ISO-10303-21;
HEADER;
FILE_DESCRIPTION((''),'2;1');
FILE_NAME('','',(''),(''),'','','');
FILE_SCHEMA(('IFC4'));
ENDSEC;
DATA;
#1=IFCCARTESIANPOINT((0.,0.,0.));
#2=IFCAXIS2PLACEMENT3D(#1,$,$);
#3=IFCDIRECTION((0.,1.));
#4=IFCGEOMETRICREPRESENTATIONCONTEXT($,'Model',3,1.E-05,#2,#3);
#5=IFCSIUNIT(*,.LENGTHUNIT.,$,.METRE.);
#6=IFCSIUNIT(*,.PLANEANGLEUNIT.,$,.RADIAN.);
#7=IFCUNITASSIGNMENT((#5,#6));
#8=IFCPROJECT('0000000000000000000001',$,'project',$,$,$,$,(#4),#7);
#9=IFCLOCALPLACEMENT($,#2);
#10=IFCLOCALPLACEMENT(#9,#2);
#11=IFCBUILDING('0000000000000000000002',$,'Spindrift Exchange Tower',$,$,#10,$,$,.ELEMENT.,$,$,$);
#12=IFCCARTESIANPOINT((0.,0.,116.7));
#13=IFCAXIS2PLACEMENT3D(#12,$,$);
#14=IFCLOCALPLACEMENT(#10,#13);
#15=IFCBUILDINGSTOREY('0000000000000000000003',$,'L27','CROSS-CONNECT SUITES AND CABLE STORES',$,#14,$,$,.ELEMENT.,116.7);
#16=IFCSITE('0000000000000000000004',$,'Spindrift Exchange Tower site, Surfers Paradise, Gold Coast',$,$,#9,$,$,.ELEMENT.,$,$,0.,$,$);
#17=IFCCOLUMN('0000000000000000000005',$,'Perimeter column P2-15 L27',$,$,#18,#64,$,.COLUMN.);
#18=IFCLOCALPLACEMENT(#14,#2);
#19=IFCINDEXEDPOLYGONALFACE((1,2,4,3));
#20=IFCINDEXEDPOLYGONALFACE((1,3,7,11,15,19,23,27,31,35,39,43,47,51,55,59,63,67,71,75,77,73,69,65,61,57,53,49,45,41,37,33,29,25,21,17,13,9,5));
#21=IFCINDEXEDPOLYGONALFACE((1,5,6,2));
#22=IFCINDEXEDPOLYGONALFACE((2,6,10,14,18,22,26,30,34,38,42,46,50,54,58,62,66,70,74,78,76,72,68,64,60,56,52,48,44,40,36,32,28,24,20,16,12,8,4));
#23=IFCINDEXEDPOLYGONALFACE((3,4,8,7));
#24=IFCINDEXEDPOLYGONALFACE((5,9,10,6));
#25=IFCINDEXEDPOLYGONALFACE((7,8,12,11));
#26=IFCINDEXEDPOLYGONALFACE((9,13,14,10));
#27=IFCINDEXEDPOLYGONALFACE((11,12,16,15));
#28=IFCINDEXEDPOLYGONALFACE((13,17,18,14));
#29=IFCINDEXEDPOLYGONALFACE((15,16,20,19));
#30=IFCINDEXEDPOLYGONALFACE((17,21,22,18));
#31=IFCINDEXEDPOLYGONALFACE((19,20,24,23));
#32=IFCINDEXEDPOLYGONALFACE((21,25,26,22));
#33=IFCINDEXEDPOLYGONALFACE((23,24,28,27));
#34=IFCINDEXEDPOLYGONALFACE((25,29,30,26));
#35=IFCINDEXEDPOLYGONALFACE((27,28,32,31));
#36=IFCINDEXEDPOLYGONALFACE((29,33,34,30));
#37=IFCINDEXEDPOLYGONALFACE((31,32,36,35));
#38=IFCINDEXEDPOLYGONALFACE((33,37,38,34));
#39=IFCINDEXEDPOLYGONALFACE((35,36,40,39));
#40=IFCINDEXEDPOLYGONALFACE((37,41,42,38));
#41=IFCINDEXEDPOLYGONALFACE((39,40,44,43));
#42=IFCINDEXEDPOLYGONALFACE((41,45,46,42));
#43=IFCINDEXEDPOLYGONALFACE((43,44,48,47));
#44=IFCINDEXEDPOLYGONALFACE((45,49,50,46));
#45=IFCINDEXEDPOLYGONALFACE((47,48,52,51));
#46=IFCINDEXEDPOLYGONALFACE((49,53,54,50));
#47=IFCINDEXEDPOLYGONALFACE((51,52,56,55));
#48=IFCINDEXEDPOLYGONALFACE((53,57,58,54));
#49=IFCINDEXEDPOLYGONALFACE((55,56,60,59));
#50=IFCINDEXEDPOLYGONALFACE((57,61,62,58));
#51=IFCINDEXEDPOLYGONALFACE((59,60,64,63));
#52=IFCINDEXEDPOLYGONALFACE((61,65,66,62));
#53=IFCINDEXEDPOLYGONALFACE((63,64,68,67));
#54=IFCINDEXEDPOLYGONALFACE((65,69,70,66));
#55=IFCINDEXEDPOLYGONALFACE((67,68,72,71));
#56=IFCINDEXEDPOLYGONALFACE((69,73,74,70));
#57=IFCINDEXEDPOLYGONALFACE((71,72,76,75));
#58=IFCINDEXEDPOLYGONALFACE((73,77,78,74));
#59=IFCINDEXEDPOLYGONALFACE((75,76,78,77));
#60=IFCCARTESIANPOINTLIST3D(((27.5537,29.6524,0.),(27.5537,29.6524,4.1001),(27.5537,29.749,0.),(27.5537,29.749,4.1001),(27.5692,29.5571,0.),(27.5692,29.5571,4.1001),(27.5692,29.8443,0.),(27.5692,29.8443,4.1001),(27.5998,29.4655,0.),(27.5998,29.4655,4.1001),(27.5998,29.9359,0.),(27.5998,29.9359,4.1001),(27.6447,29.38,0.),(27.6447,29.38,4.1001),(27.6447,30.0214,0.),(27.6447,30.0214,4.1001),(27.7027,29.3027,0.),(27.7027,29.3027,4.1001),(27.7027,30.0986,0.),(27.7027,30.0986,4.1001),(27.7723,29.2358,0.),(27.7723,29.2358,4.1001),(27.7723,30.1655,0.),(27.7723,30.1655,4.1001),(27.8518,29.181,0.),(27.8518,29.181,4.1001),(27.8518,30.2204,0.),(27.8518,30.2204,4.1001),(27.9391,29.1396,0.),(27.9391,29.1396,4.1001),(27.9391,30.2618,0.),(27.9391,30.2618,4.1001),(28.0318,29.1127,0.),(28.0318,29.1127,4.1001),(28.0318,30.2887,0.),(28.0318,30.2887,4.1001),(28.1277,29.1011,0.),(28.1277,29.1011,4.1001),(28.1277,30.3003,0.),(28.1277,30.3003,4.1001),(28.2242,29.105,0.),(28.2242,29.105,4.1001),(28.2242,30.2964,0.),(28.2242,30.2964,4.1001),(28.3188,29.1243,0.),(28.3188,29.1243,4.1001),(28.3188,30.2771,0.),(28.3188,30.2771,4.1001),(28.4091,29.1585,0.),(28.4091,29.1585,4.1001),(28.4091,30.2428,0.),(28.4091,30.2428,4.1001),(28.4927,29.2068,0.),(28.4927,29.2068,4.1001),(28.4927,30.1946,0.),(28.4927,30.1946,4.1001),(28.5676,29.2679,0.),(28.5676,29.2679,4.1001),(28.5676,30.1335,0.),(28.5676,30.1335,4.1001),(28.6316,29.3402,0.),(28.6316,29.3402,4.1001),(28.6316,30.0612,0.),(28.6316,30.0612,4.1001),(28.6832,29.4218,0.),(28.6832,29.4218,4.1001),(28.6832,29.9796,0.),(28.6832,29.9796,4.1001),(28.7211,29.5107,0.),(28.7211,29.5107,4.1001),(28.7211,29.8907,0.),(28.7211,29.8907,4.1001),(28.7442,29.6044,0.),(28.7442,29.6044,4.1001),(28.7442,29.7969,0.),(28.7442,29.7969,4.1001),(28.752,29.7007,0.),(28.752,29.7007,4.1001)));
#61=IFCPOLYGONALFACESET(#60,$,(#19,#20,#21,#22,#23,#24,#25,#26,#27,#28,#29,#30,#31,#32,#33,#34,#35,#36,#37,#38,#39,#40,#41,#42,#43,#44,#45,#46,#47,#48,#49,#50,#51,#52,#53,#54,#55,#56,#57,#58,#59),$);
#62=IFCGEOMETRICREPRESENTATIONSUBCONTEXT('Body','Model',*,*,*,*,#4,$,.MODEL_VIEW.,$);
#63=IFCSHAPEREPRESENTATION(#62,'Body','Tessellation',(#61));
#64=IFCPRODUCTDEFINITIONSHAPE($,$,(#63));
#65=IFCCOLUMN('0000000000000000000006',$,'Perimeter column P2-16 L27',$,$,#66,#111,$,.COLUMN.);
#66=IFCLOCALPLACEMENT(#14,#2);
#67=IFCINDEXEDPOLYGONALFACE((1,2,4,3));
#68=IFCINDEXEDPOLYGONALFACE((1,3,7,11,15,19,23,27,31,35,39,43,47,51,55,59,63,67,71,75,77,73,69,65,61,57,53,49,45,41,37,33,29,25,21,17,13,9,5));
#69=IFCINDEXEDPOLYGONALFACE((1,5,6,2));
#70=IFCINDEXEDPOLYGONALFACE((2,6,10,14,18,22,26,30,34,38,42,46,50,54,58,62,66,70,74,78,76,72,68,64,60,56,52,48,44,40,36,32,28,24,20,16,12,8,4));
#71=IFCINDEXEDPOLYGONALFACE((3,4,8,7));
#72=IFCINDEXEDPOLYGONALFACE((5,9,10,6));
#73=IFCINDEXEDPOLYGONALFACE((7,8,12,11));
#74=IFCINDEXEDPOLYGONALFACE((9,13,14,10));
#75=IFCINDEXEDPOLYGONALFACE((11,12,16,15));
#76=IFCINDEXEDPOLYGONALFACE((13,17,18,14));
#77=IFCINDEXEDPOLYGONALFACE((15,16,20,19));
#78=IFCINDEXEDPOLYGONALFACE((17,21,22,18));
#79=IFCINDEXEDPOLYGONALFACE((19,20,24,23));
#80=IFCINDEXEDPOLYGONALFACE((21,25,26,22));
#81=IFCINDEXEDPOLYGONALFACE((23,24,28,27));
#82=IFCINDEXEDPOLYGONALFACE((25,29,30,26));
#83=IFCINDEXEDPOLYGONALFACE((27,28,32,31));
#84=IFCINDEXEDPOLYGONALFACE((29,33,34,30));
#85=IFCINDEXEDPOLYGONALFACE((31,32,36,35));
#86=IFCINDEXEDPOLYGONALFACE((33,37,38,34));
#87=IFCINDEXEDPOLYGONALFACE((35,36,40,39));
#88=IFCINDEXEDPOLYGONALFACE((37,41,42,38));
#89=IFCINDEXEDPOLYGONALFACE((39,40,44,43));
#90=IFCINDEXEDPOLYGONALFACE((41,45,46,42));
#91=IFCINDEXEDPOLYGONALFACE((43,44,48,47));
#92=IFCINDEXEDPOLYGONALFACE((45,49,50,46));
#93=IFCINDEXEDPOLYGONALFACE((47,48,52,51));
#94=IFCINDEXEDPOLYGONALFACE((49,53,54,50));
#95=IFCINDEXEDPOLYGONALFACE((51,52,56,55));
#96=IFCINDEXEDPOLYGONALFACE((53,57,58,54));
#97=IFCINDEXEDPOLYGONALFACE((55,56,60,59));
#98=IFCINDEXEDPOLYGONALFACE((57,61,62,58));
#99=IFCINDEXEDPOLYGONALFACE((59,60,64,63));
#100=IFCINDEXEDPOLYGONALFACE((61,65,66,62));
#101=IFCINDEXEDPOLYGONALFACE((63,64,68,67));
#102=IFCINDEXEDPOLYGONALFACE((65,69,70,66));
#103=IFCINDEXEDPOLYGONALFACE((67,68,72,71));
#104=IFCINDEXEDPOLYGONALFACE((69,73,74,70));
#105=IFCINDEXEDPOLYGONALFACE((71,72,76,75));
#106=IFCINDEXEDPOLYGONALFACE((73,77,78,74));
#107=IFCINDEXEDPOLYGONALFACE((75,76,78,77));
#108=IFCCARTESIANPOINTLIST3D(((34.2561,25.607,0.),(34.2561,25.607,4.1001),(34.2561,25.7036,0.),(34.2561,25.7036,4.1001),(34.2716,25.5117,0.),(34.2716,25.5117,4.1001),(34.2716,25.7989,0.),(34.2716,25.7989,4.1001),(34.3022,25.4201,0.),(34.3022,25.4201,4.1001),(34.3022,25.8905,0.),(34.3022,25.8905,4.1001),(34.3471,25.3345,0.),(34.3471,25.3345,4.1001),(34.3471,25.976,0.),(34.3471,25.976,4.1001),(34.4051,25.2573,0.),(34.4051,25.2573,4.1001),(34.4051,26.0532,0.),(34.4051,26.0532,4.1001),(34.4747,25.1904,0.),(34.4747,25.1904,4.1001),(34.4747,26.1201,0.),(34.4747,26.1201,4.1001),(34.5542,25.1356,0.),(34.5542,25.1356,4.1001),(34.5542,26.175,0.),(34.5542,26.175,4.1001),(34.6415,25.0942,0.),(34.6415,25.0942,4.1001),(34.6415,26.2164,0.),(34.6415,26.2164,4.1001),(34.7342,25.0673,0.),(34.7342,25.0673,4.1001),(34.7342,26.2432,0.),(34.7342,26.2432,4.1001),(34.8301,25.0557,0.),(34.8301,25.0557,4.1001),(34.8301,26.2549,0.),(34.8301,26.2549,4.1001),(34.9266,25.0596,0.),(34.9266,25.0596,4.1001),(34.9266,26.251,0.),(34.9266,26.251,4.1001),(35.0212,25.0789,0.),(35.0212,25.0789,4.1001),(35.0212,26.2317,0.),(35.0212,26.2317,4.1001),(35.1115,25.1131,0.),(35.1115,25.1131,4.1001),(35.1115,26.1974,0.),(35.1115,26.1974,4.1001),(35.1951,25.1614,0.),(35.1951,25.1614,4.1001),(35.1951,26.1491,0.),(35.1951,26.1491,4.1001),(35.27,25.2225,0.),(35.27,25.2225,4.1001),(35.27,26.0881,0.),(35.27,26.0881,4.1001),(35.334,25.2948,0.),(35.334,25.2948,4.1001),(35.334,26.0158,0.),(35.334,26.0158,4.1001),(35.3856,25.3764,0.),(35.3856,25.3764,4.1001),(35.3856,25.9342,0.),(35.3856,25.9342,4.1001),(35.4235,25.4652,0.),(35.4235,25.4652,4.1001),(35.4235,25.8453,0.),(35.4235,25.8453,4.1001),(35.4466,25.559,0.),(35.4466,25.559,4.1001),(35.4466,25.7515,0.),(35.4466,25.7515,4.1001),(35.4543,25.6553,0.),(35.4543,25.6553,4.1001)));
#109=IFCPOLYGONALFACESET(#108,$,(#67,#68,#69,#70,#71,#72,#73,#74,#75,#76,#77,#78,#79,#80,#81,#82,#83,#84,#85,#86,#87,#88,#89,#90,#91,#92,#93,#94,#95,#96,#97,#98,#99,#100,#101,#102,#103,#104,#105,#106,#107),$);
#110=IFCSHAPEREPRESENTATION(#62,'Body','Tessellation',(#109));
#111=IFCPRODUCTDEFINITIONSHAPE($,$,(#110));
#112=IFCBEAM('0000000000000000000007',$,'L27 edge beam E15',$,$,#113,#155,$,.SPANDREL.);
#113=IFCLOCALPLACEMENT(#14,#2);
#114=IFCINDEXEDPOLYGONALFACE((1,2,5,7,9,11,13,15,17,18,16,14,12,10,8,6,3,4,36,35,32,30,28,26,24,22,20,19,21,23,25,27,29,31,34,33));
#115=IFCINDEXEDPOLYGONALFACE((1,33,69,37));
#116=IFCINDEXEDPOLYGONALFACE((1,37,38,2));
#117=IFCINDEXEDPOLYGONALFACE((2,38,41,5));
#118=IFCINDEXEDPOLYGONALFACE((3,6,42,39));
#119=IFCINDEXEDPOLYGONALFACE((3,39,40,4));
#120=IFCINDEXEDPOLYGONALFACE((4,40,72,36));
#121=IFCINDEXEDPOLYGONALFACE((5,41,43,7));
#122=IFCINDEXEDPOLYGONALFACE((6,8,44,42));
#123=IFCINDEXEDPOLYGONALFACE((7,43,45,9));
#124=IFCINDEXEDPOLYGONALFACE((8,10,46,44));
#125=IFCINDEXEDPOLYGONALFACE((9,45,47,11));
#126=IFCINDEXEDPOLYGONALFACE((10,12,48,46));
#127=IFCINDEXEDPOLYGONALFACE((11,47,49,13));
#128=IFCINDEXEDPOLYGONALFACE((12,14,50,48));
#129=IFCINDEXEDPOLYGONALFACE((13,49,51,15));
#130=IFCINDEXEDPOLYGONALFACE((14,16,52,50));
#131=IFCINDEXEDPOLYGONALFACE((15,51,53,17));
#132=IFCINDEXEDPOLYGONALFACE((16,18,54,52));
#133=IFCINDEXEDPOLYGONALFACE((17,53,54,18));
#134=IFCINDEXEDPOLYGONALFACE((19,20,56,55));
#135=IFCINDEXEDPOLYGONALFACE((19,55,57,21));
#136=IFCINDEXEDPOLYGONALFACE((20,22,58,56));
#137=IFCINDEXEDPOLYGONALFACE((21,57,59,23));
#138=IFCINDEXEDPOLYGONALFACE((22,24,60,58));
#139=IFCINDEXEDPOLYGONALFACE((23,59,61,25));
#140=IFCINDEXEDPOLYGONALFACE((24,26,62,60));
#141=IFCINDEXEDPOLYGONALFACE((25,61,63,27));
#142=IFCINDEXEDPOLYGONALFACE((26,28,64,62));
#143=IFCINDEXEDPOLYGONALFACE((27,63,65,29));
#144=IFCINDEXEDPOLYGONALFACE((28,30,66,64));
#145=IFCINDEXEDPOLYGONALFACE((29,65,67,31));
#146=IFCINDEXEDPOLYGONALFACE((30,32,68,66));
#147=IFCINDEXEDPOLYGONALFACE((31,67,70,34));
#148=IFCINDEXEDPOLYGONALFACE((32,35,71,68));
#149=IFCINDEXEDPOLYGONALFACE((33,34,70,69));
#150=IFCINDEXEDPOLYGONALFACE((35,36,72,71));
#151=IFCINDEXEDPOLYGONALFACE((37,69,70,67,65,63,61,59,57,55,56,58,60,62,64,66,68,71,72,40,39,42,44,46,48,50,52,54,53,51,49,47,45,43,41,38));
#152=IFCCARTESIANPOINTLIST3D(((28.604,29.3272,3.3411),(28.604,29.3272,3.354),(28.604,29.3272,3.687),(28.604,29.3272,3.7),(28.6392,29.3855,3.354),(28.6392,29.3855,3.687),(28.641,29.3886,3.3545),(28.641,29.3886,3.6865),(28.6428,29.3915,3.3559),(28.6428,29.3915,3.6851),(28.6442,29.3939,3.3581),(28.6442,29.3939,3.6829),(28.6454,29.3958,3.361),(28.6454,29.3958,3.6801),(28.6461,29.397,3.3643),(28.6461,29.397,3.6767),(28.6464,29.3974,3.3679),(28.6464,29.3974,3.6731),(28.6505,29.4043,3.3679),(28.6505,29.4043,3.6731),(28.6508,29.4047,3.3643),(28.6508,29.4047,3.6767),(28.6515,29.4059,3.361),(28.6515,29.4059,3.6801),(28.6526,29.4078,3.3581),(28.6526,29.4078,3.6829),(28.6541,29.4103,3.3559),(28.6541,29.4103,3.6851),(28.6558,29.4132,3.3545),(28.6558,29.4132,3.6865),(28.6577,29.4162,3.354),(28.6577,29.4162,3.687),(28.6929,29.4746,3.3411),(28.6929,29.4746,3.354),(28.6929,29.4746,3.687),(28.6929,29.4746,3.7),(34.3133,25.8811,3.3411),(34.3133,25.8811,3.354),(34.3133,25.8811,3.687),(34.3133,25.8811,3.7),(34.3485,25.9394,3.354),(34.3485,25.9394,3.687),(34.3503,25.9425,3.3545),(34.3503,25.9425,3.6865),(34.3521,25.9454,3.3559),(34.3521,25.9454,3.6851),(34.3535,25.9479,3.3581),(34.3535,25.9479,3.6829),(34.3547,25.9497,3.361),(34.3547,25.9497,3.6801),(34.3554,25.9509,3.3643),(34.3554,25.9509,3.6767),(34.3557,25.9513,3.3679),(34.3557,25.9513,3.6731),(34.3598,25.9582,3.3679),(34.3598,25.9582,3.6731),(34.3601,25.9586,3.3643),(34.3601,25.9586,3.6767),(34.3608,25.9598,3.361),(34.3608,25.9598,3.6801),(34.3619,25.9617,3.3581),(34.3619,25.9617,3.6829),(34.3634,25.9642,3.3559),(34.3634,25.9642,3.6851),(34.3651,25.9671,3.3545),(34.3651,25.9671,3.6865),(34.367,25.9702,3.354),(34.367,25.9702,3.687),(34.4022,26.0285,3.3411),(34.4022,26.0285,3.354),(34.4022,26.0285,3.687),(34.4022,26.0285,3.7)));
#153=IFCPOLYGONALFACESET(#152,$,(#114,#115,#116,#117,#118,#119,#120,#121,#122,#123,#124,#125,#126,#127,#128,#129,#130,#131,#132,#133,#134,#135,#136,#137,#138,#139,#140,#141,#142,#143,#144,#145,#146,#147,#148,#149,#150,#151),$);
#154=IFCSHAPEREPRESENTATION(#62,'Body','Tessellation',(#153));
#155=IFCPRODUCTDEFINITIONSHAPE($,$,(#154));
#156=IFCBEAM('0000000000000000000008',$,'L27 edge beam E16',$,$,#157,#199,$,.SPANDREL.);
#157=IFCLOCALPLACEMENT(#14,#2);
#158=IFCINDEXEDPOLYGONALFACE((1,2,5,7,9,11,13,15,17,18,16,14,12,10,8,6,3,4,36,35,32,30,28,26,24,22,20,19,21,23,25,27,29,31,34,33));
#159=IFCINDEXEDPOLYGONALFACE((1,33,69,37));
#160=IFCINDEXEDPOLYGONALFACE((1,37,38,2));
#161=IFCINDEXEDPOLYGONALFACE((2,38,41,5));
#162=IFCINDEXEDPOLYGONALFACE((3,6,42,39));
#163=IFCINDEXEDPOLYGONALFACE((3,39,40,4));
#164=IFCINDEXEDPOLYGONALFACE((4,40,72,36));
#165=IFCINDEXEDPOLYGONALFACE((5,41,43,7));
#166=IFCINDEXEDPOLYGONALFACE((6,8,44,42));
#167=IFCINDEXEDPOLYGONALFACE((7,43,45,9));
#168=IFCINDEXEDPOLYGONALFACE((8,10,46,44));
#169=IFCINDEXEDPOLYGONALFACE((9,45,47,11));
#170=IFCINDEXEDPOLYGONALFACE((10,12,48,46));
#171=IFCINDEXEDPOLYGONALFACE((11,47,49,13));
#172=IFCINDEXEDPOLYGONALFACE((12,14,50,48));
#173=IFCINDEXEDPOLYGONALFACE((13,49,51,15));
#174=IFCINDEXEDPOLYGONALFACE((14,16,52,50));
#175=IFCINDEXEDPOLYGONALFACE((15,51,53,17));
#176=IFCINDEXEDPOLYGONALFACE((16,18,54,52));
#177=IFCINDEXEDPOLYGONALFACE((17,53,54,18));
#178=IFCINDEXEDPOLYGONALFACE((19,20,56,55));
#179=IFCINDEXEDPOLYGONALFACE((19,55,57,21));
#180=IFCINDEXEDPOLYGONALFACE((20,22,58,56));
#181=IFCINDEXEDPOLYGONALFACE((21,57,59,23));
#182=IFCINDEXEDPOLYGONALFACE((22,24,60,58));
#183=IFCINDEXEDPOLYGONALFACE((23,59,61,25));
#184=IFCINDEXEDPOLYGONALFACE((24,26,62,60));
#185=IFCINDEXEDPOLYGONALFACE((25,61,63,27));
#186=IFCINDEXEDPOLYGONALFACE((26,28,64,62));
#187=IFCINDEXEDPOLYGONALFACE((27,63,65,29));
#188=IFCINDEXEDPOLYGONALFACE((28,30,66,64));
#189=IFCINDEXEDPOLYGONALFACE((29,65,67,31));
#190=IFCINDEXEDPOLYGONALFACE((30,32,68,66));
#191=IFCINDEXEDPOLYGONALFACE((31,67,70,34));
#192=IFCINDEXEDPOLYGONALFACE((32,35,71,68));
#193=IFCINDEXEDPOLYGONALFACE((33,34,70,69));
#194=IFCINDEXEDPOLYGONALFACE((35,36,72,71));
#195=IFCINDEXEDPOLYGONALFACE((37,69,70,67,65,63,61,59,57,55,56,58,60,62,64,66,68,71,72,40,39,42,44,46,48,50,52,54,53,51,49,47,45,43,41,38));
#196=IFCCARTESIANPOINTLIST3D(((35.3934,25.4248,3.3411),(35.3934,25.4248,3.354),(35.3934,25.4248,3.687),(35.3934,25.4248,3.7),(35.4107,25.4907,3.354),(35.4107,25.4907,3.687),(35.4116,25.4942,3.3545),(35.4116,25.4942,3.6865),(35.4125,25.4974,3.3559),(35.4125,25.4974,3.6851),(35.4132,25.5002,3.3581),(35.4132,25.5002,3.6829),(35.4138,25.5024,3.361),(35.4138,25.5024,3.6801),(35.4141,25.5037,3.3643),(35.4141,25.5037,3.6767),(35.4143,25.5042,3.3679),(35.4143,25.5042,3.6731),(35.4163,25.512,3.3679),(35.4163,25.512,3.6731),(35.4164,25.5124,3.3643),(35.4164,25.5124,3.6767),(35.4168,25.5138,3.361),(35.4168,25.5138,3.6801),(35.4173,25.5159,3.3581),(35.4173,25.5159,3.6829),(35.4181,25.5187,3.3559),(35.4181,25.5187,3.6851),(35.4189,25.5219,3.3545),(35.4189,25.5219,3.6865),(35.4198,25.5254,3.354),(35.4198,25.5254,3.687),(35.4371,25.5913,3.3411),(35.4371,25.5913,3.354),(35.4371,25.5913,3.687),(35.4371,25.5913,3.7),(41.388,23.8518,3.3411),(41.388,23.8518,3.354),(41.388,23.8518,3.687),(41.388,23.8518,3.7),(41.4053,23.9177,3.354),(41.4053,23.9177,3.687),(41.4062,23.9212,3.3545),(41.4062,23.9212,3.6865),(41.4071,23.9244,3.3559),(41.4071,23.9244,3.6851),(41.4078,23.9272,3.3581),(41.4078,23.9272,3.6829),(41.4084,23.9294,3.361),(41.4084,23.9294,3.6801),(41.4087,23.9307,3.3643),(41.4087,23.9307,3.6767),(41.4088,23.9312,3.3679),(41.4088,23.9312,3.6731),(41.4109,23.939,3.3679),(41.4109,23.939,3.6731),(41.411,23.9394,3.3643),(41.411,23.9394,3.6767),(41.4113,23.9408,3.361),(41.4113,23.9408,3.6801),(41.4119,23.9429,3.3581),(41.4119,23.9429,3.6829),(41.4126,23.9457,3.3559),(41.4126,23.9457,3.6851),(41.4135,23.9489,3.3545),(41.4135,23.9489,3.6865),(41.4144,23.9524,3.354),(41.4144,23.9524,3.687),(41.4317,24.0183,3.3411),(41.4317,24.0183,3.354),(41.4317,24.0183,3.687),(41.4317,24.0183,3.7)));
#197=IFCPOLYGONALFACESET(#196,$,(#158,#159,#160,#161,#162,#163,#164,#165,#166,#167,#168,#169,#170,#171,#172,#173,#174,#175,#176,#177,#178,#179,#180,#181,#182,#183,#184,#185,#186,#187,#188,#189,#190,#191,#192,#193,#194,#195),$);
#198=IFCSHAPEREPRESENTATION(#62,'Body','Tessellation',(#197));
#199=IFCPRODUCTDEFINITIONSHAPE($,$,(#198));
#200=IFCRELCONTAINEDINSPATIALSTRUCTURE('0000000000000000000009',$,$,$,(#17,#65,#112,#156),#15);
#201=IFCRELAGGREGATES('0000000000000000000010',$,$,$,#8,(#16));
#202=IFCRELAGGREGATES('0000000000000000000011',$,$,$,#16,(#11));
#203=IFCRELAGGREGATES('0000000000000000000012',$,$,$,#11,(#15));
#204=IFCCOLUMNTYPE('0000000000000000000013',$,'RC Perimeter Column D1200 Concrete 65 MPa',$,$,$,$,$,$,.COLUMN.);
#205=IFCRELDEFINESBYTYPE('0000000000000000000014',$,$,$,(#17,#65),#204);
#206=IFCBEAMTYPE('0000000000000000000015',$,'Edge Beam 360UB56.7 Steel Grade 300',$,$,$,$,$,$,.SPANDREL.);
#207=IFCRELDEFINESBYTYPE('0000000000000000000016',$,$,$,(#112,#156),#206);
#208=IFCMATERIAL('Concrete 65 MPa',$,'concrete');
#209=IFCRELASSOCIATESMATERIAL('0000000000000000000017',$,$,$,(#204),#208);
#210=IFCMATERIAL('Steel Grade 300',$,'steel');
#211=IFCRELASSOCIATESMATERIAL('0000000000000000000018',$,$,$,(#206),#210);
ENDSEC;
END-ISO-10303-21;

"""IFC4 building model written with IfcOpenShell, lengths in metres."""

from ifc_helpers import new_model, si_unit, direction, frame, origin, origin_2d, place, context, subcontext, project, spatial, circle, i_section, extrude, source, transform, mapped, material, material_profile, profile_set, type_object, element, save


model = new_model("IFC4")

# Units and contexts
model_context = context("Model", 3, precision=1e-05, world=origin(), true_north=direction((0.0, 1.0)))
body_context = subcontext(model_context, "Body", "Model", "MODEL_VIEW")
ifc_project = project(units=[si_unit("LENGTHUNIT", "METRE"), si_unit("PLANEANGLEUNIT", "RADIAN")], contexts=[model_context])

# Site, building, storey
site_placement = place(None, origin())
site = spatial("IfcSite", under=ifc_project, at=site_placement, Name="Spindrift Exchange Tower site, Surfers Paradise, Gold Coast", CompositionType="ELEMENT", RefElevation=0.0)
building_placement = place(site_placement, origin())
building = spatial("IfcBuilding", under=site, at=building_placement, Name="Spindrift Exchange Tower", CompositionType="ELEMENT")
storey_placement = place(building_placement, frame((0.0, 0.0, 116.7)))
storey = spatial("IfcBuildingStorey", under=building, at=storey_placement, Name="L27", Description="CROSS-CONNECT SUITES AND CABLE STORES", CompositionType="ELEMENT", Elevation=116.7)

# Columns
ifc_material_1 = material(Name="Concrete 65 MPa", Category="concrete")
ifc_material_profile_1 = material_profile(ifc_material_1, circle(Radius=0.6001, at=origin_2d()), Name="RC D1200")
ifc_profile_set_1 = profile_set([ifc_material_profile_1], Name="Concrete 65 MPa")
column_type = type_object("IfcColumnType", Name="RC Perimeter Column D1200 Concrete 65 MPa", PredefinedType="COLUMN", material=ifc_profile_set_1)
shared_shape_1 = source(origin(), body_context, "Body", "SweptSolid", [
    extrude(circle(Radius=0.6001, at=origin_2d()), origin(), (0.0, 0.0, 1.0), 4.1001),
])
for number, where, z_axis, x_axis, name in (
    (1, (28.1519, 29.7007, 0.0), (0.0, 0.0, 1.0), (1.0, 0.0, 0.0), "Perimeter column P2-15 L27"),
    (2, (34.8542, 25.6553, 0.0), (0.0, 0.0, 1.0), (1.0, 0.0, 0.0), "Perimeter column P2-16 L27"),
):
    element("IfcColumn", number, at=place(storey_placement, frame(where, z_axis=z_axis, x_axis=x_axis)), inside=storey, type_object=column_type, Name=name, PredefinedType="COLUMN", context=body_context, shape_type="MappedRepresentation", body=[
        mapped(shared_shape_1, transform((0.0, 0.0, 0.0), scale=1.0)),
    ])

# Beams
ifc_material_2 = material(Name="Steel Grade 300", Category="steel")
ifc_material_profile_2 = material_profile(ifc_material_2, i_section(OverallWidth=0.1721, OverallDepth=0.3589, WebThickness=0.0081, FlangeThickness=0.0129, FilletRadius=0.0139, at=origin_2d()), Name="360UB56.7")
ifc_profile_set_2 = profile_set([ifc_material_profile_2], Name="Steel Grade 300")
beam_type_1 = type_object("IfcBeamType", Name="Edge Beam 360UB56.7 Steel Grade 300", PredefinedType="SPANDREL", material=ifc_profile_set_2)
shared_shape_2 = source(origin(), body_context, "Body", "SweptSolid", [
    extrude(i_section(OverallWidth=0.1721, OverallDepth=0.3589, WebThickness=0.0081, FlangeThickness=0.0129, FilletRadius=0.0139, at=origin_2d()), origin(), (0.0, 0.0, 1.0), 6.6687),
])
beam_1_placement = place(storey_placement, frame((28.6484, 29.4009, 3.5205), z_axis=(0.856133, -0.516755, 0.0), x_axis=(0.516755, 0.856133, 0.0)))
element("IfcBeam", 3, at=beam_1_placement, inside=storey, type_object=beam_type_1, Name="L27 edge beam E15", PredefinedType="SPANDREL", context=body_context, shape_type="MappedRepresentation", body=[
    mapped(shared_shape_2, transform((0.0, 0.0, 0.0), scale=1.0)),
])
shared_shape_3 = source(origin(), body_context, "Body", "SweptSolid", [
    extrude(i_section(OverallWidth=0.1721, OverallDepth=0.3589, WebThickness=0.0081, FlangeThickness=0.0129, FilletRadius=0.0139, at=origin_2d()), origin(), (0.0, 0.0, 1.0), 6.1975),
])
beam_2_placement = place(storey_placement, frame((35.4153, 25.5081, 3.5205), z_axis=(0.967254, -0.253809, 0.0), x_axis=(0.253809, 0.967254, 0.0)))
element("IfcBeam", 4, at=beam_2_placement, inside=storey, type_object=beam_type_1, Name="L27 edge beam E16", PredefinedType="SPANDREL", context=body_context, shape_type="MappedRepresentation", body=[
    mapped(shared_shape_3, transform((0.0, 0.0, 0.0), scale=1.0)),
])

save(model, "model.ifc")
